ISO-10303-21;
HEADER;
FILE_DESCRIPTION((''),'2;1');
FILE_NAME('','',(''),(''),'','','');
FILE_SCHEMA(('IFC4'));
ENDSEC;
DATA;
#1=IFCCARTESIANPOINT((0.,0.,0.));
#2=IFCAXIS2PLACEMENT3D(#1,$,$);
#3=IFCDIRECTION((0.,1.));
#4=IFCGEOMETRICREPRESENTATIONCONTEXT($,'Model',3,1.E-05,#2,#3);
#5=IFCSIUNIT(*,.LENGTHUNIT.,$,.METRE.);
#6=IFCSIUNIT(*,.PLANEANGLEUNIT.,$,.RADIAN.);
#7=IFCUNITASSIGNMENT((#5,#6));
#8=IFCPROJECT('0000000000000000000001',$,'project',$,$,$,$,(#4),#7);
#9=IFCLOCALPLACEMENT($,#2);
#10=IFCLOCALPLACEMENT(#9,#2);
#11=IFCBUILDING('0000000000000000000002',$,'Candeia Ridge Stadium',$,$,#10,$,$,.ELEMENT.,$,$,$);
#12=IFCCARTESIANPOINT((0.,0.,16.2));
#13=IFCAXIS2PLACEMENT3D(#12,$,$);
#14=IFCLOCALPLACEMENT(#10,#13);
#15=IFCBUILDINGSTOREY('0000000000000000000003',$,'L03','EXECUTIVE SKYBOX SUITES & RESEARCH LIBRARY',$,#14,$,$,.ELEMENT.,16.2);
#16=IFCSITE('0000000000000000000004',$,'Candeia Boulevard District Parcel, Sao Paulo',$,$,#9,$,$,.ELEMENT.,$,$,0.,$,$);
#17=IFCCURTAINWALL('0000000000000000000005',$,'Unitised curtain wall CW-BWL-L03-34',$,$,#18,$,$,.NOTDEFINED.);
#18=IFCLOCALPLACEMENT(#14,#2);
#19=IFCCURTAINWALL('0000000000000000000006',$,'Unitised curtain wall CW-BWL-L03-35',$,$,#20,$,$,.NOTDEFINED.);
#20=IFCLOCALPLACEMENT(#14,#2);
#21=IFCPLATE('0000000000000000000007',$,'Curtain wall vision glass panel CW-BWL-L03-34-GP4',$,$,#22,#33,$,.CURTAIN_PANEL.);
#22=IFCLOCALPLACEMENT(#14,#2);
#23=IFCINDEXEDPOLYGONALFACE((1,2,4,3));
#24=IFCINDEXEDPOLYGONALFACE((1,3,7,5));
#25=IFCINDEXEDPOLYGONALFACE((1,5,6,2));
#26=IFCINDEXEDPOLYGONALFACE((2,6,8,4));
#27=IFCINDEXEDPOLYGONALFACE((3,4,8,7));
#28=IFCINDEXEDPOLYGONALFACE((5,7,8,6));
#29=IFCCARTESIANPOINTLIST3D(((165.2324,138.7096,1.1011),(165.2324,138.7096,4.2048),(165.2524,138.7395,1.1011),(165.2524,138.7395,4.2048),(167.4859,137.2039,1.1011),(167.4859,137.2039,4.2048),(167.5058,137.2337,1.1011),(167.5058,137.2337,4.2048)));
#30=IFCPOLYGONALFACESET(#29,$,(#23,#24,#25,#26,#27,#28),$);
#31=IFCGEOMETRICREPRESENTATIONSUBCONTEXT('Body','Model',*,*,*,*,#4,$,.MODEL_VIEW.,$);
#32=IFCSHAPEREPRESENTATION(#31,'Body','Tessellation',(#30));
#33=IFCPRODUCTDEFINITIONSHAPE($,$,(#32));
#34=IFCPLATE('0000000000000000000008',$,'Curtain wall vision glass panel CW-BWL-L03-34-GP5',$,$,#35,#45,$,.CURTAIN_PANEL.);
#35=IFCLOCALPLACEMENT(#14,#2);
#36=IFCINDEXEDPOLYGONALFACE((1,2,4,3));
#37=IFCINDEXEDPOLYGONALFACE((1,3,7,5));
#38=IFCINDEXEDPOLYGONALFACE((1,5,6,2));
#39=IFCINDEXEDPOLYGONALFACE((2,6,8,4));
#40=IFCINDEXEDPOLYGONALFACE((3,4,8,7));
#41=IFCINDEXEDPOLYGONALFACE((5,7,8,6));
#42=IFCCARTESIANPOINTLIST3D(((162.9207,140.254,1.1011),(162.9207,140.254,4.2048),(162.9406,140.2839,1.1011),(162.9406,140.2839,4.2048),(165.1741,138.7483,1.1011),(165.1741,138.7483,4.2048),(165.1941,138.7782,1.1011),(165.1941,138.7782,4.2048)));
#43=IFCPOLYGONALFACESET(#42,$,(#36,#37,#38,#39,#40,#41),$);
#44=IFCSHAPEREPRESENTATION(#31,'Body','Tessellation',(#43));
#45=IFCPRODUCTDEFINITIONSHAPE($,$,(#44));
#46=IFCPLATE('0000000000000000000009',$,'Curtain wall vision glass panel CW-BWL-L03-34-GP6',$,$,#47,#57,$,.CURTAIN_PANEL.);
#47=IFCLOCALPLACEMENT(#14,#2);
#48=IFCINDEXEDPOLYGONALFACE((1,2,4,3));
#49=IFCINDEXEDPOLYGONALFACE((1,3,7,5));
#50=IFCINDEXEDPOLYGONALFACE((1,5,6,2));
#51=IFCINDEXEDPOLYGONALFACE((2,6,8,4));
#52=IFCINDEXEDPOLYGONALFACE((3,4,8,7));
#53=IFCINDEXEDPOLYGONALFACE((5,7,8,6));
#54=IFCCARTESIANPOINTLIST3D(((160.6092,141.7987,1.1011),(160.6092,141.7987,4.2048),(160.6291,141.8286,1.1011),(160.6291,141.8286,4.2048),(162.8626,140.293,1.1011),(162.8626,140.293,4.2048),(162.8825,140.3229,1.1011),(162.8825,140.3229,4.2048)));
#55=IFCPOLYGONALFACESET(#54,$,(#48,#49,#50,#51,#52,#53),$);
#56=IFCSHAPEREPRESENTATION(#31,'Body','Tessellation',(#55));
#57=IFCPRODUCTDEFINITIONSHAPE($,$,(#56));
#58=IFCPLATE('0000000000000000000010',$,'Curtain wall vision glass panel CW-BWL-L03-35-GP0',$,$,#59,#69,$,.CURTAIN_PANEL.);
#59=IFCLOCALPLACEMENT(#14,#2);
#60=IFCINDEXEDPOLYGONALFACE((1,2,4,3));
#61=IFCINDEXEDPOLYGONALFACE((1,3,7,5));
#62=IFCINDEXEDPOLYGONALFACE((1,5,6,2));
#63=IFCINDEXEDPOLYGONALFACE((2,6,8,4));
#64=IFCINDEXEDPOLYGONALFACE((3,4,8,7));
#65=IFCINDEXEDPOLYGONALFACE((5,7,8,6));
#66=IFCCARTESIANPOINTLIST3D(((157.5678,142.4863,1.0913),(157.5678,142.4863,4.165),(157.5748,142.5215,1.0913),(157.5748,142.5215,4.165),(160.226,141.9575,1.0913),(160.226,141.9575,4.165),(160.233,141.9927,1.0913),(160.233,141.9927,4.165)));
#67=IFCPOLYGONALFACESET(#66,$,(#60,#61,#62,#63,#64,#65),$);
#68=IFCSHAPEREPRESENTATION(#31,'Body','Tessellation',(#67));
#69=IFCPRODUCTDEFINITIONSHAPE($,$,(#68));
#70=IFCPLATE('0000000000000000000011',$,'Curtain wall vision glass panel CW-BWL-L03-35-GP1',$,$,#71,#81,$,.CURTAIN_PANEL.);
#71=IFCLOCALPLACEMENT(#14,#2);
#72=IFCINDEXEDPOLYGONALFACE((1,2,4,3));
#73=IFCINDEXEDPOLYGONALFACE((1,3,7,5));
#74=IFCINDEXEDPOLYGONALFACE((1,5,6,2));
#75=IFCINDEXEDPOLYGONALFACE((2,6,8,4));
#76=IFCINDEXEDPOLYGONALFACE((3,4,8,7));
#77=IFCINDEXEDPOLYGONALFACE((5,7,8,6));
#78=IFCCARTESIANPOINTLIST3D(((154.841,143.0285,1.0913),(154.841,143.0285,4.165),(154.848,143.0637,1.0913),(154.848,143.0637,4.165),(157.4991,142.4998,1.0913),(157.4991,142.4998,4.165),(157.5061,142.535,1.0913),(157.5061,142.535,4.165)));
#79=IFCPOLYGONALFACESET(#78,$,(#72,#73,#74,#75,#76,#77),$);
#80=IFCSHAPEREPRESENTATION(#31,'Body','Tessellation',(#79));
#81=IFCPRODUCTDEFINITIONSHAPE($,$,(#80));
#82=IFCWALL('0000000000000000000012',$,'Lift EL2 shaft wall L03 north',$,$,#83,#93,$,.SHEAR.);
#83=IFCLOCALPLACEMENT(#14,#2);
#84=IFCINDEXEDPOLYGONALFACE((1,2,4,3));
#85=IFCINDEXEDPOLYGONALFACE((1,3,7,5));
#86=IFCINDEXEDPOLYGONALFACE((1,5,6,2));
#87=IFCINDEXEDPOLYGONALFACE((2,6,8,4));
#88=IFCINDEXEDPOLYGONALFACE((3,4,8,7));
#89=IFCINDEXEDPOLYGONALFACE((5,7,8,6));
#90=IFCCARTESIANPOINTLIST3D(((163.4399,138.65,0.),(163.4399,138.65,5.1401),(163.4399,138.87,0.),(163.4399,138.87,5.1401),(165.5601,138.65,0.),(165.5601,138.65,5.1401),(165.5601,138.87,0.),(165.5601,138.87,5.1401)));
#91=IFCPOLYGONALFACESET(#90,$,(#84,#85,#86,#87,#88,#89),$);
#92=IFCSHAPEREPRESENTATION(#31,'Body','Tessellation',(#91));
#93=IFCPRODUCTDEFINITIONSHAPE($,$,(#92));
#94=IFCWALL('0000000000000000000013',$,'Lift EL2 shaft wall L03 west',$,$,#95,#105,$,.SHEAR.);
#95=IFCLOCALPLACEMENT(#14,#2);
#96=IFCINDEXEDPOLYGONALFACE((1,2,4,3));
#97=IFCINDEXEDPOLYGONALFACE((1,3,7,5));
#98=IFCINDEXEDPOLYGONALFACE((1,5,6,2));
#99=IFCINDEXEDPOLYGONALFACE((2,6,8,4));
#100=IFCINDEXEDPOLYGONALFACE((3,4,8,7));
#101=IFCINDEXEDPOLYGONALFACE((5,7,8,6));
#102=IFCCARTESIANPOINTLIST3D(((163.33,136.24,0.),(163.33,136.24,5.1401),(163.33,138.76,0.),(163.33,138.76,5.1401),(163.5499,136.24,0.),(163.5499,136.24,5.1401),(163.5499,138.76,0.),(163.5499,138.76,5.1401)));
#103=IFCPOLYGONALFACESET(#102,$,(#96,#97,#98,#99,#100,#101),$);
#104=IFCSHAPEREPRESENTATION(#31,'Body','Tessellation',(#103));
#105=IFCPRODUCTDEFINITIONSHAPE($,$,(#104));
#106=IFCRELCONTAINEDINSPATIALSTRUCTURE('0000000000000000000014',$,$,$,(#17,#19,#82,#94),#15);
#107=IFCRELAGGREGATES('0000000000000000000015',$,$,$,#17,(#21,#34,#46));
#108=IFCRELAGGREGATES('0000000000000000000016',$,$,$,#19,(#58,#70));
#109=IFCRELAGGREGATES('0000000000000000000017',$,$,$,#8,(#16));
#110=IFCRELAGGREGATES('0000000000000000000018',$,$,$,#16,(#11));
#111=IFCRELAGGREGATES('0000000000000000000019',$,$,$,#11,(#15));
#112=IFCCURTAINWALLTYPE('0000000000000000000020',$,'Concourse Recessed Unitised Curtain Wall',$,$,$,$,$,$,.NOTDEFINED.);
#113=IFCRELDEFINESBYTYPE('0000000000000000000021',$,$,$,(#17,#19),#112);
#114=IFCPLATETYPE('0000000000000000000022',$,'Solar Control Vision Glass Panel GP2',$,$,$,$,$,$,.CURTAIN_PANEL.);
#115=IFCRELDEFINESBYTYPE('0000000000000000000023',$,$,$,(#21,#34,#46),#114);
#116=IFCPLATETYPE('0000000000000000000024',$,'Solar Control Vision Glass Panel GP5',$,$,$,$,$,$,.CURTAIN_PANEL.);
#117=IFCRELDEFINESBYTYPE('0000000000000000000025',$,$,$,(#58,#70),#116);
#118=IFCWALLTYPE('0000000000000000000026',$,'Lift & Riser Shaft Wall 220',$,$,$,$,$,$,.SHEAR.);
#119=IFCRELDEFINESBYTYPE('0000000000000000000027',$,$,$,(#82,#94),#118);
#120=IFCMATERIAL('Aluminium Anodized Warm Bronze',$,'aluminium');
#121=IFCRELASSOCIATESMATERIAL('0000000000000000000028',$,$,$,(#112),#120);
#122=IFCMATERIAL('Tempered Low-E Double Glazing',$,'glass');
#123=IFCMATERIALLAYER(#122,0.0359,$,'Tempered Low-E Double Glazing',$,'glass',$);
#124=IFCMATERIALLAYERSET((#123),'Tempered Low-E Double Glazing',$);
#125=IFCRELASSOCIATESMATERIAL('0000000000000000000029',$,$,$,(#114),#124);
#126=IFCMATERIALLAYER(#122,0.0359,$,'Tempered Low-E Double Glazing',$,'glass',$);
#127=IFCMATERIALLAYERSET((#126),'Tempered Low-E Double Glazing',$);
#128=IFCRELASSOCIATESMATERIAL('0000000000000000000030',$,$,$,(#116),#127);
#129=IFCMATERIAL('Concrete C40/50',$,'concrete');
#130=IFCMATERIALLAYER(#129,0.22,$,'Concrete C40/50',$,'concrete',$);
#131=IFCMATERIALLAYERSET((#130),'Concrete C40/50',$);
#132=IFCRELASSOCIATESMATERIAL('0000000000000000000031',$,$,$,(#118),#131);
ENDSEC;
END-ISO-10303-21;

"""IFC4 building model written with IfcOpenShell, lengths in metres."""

from ifc_helpers import new_model, si_unit, direction, frame, frame_2d, origin, origin_2d, place, context, subcontext, project, spatial, rectangle, extrude, material, layer, layer_set, type_object, element, aggregate, save


model = new_model("IFC4")

# Units and contexts
model_context = context("Model", 3, precision=1e-05, world=origin(), true_north=direction((0.0, 1.0)))
body_context = subcontext(model_context, "Body", "Model", "MODEL_VIEW")
ifc_project = project(units=[si_unit("LENGTHUNIT", "METRE"), si_unit("PLANEANGLEUNIT", "RADIAN")], contexts=[model_context])

# Site, building, storey
site_placement = place(None, origin())
site = spatial("IfcSite", under=ifc_project, at=site_placement, Name="Candeia Boulevard District Parcel, Sao Paulo", CompositionType="ELEMENT", RefElevation=0.0)
building_placement = place(site_placement, origin())
building = spatial("IfcBuilding", under=site, at=building_placement, Name="Candeia Ridge Stadium", CompositionType="ELEMENT")
storey_placement = place(building_placement, frame((0.0, 0.0, 16.2)))
storey = spatial("IfcBuildingStorey", under=building, at=storey_placement, Name="L03", Description="EXECUTIVE SKYBOX SUITES & RESEARCH LIBRARY", CompositionType="ELEMENT", Elevation=16.2)

# Curtain walls
ifc_material_1 = material(Name="Aluminium Anodized Warm Bronze", Category="aluminium")
curtain_wall_type = type_object("IfcCurtainWallType", Name="Concourse Recessed Unitised Curtain Wall", PredefinedType="NOTDEFINED", material=ifc_material_1)
curtain_wall_1_placement = place(storey_placement, origin())
curtain_wall_1 = element("IfcCurtainWall", 1, at=curtain_wall_1_placement, inside=storey, type_object=curtain_wall_type, Name="Unitised curtain wall CW-BWL-L03-34", PredefinedType="NOTDEFINED")
curtain_wall_2_placement = place(storey_placement, origin())
curtain_wall_2 = element("IfcCurtainWall", 2, at=curtain_wall_2_placement, inside=storey, type_object=curtain_wall_type, Name="Unitised curtain wall CW-BWL-L03-35", PredefinedType="NOTDEFINED")

# Shared definitions
ifc_material_2 = material(Name="Concrete C40/50", Category="concrete")

# Plates
ifc_material_3 = material(Name="Tempered Low-E Double Glazing", Category="glass")
ifc_layer_1 = layer(ifc_material_3, 0.0359, Name="Tempered Low-E Double Glazing", Category="glass")
ifc_layer_set_1 = layer_set([ifc_layer_1], Name="Tempered Low-E Double Glazing")
plate_type_1 = type_object("IfcPlateType", Name="Solar Control Vision Glass Panel GP2", PredefinedType="CURTAIN_PANEL", material=ifc_layer_set_1)
plate_1_placement = place(storey_placement, frame((166.3691, 137.9717, 1.1011), z_axis=(0.0, 0.0, 1.0), x_axis=(-0.831469, 0.555571, 0.0)))
plate_1 = element("IfcPlate", 3, at=plate_1_placement, type_object=plate_type_1, Name="Curtain wall vision glass panel CW-BWL-L03-34-GP4", PredefinedType="CURTAIN_PANEL", context=body_context, shape_type="SweptSolid", body=[
    extrude(rectangle(XDim=2.7102, YDim=0.0359, at=origin_2d()), origin(), (0.0, 0.0, 1.0), 3.1038),
])
plate_2_placement = place(storey_placement, frame((164.0574, 139.5161, 1.1011), z_axis=(0.0, 0.0, 1.0), x_axis=(-0.831469, 0.555571, 0.0)))
plate_2 = element("IfcPlate", 4, at=plate_2_placement, type_object=plate_type_1, Name="Curtain wall vision glass panel CW-BWL-L03-34-GP5", PredefinedType="CURTAIN_PANEL", context=body_context, shape_type="SweptSolid", body=[
    extrude(rectangle(XDim=2.7102, YDim=0.0359, at=origin_2d()), origin(), (0.0, 0.0, 1.0), 3.1038),
])
plate_3_placement = place(storey_placement, frame((161.7458, 141.0608, 1.1011), z_axis=(0.0, 0.0, 1.0), x_axis=(-0.831469, 0.555571, 0.0)))
plate_3 = element("IfcPlate", 5, at=plate_3_placement, type_object=plate_type_1, Name="Curtain wall vision glass panel CW-BWL-L03-34-GP6", PredefinedType="CURTAIN_PANEL", context=body_context, shape_type="SweptSolid", body=[
    extrude(rectangle(XDim=2.7102, YDim=0.0359, at=origin_2d()), origin(), (0.0, 0.0, 1.0), 3.1038),
])
aggregate(curtain_wall_1, [plate_1, plate_2, plate_3])
ifc_layer_2 = layer(ifc_material_3, 0.0359, Name="Tempered Low-E Double Glazing", Category="glass")
ifc_layer_set_2 = layer_set([ifc_layer_2], Name="Tempered Low-E Double Glazing")
plate_type_2 = type_object("IfcPlateType", Name="Solar Control Vision Glass Panel GP5", PredefinedType="CURTAIN_PANEL", material=ifc_layer_set_2)
plate_4_placement = place(storey_placement, frame((158.9004, 142.2395, 1.0913), z_axis=(0.0, 0.0, 1.0), x_axis=(-0.980785, 0.19509, 0.0)))
plate_4 = element("IfcPlate", 6, at=plate_4_placement, type_object=plate_type_2, Name="Curtain wall vision glass panel CW-BWL-L03-35-GP0", PredefinedType="CURTAIN_PANEL", context=body_context, shape_type="SweptSolid", body=[
    extrude(rectangle(XDim=2.7102, YDim=0.0359, at=origin_2d()), origin(), (0.0, 0.0, 1.0), 3.0737),
])
plate_5_placement = place(storey_placement, frame((156.1736, 142.7817, 1.0913), z_axis=(0.0, 0.0, 1.0), x_axis=(-0.980785, 0.19509, 0.0)))
plate_5 = element("IfcPlate", 7, at=plate_5_placement, type_object=plate_type_2, Name="Curtain wall vision glass panel CW-BWL-L03-35-GP1", PredefinedType="CURTAIN_PANEL", context=body_context, shape_type="SweptSolid", body=[
    extrude(rectangle(XDim=2.7102, YDim=0.0359, at=origin_2d()), origin(), (0.0, 0.0, 1.0), 3.0737),
])
aggregate(curtain_wall_2, [plate_4, plate_5])

# Walls
ifc_layer_3 = layer(ifc_material_2, 0.22, Name="Concrete C40/50", Category="concrete")
ifc_layer_set_3 = layer_set([ifc_layer_3], Name="Concrete C40/50")
wall_type = type_object("IfcWallType", Name="Lift & Riser Shaft Wall 220", PredefinedType="SHEAR", material=ifc_layer_set_3)
wall_1_placement = place(storey_placement, frame((165.5601, 138.76, 0.0), z_axis=(0.0, 0.0, 1.0), x_axis=(-1.0, 0.0, 0.0)))
element("IfcWall", 8, at=wall_1_placement, inside=storey, type_object=wall_type, Name="Lift EL2 shaft wall L03 north", PredefinedType="SHEAR", context=body_context, shape_type="SweptSolid", body=[
    extrude(rectangle(XDim=2.1201, YDim=0.22, at=frame_2d((1.0601, 0.0))), origin(), (0.0, 0.0, 1.0), 5.1401),
])
wall_2_placement = place(storey_placement, frame((163.4399, 138.76, 0.0), z_axis=(0.0, 0.0, 1.0), x_axis=(0.0, -1.0, 0.0)))
element("IfcWall", 9, at=wall_2_placement, inside=storey, type_object=wall_type, Name="Lift EL2 shaft wall L03 west", PredefinedType="SHEAR", context=body_context, shape_type="SweptSolid", body=[
    extrude(rectangle(XDim=2.52, YDim=0.22, at=frame_2d((1.26, 0.0))), origin(), (0.0, 0.0, 1.0), 5.1401),
])

save(model, "model.ifc")
